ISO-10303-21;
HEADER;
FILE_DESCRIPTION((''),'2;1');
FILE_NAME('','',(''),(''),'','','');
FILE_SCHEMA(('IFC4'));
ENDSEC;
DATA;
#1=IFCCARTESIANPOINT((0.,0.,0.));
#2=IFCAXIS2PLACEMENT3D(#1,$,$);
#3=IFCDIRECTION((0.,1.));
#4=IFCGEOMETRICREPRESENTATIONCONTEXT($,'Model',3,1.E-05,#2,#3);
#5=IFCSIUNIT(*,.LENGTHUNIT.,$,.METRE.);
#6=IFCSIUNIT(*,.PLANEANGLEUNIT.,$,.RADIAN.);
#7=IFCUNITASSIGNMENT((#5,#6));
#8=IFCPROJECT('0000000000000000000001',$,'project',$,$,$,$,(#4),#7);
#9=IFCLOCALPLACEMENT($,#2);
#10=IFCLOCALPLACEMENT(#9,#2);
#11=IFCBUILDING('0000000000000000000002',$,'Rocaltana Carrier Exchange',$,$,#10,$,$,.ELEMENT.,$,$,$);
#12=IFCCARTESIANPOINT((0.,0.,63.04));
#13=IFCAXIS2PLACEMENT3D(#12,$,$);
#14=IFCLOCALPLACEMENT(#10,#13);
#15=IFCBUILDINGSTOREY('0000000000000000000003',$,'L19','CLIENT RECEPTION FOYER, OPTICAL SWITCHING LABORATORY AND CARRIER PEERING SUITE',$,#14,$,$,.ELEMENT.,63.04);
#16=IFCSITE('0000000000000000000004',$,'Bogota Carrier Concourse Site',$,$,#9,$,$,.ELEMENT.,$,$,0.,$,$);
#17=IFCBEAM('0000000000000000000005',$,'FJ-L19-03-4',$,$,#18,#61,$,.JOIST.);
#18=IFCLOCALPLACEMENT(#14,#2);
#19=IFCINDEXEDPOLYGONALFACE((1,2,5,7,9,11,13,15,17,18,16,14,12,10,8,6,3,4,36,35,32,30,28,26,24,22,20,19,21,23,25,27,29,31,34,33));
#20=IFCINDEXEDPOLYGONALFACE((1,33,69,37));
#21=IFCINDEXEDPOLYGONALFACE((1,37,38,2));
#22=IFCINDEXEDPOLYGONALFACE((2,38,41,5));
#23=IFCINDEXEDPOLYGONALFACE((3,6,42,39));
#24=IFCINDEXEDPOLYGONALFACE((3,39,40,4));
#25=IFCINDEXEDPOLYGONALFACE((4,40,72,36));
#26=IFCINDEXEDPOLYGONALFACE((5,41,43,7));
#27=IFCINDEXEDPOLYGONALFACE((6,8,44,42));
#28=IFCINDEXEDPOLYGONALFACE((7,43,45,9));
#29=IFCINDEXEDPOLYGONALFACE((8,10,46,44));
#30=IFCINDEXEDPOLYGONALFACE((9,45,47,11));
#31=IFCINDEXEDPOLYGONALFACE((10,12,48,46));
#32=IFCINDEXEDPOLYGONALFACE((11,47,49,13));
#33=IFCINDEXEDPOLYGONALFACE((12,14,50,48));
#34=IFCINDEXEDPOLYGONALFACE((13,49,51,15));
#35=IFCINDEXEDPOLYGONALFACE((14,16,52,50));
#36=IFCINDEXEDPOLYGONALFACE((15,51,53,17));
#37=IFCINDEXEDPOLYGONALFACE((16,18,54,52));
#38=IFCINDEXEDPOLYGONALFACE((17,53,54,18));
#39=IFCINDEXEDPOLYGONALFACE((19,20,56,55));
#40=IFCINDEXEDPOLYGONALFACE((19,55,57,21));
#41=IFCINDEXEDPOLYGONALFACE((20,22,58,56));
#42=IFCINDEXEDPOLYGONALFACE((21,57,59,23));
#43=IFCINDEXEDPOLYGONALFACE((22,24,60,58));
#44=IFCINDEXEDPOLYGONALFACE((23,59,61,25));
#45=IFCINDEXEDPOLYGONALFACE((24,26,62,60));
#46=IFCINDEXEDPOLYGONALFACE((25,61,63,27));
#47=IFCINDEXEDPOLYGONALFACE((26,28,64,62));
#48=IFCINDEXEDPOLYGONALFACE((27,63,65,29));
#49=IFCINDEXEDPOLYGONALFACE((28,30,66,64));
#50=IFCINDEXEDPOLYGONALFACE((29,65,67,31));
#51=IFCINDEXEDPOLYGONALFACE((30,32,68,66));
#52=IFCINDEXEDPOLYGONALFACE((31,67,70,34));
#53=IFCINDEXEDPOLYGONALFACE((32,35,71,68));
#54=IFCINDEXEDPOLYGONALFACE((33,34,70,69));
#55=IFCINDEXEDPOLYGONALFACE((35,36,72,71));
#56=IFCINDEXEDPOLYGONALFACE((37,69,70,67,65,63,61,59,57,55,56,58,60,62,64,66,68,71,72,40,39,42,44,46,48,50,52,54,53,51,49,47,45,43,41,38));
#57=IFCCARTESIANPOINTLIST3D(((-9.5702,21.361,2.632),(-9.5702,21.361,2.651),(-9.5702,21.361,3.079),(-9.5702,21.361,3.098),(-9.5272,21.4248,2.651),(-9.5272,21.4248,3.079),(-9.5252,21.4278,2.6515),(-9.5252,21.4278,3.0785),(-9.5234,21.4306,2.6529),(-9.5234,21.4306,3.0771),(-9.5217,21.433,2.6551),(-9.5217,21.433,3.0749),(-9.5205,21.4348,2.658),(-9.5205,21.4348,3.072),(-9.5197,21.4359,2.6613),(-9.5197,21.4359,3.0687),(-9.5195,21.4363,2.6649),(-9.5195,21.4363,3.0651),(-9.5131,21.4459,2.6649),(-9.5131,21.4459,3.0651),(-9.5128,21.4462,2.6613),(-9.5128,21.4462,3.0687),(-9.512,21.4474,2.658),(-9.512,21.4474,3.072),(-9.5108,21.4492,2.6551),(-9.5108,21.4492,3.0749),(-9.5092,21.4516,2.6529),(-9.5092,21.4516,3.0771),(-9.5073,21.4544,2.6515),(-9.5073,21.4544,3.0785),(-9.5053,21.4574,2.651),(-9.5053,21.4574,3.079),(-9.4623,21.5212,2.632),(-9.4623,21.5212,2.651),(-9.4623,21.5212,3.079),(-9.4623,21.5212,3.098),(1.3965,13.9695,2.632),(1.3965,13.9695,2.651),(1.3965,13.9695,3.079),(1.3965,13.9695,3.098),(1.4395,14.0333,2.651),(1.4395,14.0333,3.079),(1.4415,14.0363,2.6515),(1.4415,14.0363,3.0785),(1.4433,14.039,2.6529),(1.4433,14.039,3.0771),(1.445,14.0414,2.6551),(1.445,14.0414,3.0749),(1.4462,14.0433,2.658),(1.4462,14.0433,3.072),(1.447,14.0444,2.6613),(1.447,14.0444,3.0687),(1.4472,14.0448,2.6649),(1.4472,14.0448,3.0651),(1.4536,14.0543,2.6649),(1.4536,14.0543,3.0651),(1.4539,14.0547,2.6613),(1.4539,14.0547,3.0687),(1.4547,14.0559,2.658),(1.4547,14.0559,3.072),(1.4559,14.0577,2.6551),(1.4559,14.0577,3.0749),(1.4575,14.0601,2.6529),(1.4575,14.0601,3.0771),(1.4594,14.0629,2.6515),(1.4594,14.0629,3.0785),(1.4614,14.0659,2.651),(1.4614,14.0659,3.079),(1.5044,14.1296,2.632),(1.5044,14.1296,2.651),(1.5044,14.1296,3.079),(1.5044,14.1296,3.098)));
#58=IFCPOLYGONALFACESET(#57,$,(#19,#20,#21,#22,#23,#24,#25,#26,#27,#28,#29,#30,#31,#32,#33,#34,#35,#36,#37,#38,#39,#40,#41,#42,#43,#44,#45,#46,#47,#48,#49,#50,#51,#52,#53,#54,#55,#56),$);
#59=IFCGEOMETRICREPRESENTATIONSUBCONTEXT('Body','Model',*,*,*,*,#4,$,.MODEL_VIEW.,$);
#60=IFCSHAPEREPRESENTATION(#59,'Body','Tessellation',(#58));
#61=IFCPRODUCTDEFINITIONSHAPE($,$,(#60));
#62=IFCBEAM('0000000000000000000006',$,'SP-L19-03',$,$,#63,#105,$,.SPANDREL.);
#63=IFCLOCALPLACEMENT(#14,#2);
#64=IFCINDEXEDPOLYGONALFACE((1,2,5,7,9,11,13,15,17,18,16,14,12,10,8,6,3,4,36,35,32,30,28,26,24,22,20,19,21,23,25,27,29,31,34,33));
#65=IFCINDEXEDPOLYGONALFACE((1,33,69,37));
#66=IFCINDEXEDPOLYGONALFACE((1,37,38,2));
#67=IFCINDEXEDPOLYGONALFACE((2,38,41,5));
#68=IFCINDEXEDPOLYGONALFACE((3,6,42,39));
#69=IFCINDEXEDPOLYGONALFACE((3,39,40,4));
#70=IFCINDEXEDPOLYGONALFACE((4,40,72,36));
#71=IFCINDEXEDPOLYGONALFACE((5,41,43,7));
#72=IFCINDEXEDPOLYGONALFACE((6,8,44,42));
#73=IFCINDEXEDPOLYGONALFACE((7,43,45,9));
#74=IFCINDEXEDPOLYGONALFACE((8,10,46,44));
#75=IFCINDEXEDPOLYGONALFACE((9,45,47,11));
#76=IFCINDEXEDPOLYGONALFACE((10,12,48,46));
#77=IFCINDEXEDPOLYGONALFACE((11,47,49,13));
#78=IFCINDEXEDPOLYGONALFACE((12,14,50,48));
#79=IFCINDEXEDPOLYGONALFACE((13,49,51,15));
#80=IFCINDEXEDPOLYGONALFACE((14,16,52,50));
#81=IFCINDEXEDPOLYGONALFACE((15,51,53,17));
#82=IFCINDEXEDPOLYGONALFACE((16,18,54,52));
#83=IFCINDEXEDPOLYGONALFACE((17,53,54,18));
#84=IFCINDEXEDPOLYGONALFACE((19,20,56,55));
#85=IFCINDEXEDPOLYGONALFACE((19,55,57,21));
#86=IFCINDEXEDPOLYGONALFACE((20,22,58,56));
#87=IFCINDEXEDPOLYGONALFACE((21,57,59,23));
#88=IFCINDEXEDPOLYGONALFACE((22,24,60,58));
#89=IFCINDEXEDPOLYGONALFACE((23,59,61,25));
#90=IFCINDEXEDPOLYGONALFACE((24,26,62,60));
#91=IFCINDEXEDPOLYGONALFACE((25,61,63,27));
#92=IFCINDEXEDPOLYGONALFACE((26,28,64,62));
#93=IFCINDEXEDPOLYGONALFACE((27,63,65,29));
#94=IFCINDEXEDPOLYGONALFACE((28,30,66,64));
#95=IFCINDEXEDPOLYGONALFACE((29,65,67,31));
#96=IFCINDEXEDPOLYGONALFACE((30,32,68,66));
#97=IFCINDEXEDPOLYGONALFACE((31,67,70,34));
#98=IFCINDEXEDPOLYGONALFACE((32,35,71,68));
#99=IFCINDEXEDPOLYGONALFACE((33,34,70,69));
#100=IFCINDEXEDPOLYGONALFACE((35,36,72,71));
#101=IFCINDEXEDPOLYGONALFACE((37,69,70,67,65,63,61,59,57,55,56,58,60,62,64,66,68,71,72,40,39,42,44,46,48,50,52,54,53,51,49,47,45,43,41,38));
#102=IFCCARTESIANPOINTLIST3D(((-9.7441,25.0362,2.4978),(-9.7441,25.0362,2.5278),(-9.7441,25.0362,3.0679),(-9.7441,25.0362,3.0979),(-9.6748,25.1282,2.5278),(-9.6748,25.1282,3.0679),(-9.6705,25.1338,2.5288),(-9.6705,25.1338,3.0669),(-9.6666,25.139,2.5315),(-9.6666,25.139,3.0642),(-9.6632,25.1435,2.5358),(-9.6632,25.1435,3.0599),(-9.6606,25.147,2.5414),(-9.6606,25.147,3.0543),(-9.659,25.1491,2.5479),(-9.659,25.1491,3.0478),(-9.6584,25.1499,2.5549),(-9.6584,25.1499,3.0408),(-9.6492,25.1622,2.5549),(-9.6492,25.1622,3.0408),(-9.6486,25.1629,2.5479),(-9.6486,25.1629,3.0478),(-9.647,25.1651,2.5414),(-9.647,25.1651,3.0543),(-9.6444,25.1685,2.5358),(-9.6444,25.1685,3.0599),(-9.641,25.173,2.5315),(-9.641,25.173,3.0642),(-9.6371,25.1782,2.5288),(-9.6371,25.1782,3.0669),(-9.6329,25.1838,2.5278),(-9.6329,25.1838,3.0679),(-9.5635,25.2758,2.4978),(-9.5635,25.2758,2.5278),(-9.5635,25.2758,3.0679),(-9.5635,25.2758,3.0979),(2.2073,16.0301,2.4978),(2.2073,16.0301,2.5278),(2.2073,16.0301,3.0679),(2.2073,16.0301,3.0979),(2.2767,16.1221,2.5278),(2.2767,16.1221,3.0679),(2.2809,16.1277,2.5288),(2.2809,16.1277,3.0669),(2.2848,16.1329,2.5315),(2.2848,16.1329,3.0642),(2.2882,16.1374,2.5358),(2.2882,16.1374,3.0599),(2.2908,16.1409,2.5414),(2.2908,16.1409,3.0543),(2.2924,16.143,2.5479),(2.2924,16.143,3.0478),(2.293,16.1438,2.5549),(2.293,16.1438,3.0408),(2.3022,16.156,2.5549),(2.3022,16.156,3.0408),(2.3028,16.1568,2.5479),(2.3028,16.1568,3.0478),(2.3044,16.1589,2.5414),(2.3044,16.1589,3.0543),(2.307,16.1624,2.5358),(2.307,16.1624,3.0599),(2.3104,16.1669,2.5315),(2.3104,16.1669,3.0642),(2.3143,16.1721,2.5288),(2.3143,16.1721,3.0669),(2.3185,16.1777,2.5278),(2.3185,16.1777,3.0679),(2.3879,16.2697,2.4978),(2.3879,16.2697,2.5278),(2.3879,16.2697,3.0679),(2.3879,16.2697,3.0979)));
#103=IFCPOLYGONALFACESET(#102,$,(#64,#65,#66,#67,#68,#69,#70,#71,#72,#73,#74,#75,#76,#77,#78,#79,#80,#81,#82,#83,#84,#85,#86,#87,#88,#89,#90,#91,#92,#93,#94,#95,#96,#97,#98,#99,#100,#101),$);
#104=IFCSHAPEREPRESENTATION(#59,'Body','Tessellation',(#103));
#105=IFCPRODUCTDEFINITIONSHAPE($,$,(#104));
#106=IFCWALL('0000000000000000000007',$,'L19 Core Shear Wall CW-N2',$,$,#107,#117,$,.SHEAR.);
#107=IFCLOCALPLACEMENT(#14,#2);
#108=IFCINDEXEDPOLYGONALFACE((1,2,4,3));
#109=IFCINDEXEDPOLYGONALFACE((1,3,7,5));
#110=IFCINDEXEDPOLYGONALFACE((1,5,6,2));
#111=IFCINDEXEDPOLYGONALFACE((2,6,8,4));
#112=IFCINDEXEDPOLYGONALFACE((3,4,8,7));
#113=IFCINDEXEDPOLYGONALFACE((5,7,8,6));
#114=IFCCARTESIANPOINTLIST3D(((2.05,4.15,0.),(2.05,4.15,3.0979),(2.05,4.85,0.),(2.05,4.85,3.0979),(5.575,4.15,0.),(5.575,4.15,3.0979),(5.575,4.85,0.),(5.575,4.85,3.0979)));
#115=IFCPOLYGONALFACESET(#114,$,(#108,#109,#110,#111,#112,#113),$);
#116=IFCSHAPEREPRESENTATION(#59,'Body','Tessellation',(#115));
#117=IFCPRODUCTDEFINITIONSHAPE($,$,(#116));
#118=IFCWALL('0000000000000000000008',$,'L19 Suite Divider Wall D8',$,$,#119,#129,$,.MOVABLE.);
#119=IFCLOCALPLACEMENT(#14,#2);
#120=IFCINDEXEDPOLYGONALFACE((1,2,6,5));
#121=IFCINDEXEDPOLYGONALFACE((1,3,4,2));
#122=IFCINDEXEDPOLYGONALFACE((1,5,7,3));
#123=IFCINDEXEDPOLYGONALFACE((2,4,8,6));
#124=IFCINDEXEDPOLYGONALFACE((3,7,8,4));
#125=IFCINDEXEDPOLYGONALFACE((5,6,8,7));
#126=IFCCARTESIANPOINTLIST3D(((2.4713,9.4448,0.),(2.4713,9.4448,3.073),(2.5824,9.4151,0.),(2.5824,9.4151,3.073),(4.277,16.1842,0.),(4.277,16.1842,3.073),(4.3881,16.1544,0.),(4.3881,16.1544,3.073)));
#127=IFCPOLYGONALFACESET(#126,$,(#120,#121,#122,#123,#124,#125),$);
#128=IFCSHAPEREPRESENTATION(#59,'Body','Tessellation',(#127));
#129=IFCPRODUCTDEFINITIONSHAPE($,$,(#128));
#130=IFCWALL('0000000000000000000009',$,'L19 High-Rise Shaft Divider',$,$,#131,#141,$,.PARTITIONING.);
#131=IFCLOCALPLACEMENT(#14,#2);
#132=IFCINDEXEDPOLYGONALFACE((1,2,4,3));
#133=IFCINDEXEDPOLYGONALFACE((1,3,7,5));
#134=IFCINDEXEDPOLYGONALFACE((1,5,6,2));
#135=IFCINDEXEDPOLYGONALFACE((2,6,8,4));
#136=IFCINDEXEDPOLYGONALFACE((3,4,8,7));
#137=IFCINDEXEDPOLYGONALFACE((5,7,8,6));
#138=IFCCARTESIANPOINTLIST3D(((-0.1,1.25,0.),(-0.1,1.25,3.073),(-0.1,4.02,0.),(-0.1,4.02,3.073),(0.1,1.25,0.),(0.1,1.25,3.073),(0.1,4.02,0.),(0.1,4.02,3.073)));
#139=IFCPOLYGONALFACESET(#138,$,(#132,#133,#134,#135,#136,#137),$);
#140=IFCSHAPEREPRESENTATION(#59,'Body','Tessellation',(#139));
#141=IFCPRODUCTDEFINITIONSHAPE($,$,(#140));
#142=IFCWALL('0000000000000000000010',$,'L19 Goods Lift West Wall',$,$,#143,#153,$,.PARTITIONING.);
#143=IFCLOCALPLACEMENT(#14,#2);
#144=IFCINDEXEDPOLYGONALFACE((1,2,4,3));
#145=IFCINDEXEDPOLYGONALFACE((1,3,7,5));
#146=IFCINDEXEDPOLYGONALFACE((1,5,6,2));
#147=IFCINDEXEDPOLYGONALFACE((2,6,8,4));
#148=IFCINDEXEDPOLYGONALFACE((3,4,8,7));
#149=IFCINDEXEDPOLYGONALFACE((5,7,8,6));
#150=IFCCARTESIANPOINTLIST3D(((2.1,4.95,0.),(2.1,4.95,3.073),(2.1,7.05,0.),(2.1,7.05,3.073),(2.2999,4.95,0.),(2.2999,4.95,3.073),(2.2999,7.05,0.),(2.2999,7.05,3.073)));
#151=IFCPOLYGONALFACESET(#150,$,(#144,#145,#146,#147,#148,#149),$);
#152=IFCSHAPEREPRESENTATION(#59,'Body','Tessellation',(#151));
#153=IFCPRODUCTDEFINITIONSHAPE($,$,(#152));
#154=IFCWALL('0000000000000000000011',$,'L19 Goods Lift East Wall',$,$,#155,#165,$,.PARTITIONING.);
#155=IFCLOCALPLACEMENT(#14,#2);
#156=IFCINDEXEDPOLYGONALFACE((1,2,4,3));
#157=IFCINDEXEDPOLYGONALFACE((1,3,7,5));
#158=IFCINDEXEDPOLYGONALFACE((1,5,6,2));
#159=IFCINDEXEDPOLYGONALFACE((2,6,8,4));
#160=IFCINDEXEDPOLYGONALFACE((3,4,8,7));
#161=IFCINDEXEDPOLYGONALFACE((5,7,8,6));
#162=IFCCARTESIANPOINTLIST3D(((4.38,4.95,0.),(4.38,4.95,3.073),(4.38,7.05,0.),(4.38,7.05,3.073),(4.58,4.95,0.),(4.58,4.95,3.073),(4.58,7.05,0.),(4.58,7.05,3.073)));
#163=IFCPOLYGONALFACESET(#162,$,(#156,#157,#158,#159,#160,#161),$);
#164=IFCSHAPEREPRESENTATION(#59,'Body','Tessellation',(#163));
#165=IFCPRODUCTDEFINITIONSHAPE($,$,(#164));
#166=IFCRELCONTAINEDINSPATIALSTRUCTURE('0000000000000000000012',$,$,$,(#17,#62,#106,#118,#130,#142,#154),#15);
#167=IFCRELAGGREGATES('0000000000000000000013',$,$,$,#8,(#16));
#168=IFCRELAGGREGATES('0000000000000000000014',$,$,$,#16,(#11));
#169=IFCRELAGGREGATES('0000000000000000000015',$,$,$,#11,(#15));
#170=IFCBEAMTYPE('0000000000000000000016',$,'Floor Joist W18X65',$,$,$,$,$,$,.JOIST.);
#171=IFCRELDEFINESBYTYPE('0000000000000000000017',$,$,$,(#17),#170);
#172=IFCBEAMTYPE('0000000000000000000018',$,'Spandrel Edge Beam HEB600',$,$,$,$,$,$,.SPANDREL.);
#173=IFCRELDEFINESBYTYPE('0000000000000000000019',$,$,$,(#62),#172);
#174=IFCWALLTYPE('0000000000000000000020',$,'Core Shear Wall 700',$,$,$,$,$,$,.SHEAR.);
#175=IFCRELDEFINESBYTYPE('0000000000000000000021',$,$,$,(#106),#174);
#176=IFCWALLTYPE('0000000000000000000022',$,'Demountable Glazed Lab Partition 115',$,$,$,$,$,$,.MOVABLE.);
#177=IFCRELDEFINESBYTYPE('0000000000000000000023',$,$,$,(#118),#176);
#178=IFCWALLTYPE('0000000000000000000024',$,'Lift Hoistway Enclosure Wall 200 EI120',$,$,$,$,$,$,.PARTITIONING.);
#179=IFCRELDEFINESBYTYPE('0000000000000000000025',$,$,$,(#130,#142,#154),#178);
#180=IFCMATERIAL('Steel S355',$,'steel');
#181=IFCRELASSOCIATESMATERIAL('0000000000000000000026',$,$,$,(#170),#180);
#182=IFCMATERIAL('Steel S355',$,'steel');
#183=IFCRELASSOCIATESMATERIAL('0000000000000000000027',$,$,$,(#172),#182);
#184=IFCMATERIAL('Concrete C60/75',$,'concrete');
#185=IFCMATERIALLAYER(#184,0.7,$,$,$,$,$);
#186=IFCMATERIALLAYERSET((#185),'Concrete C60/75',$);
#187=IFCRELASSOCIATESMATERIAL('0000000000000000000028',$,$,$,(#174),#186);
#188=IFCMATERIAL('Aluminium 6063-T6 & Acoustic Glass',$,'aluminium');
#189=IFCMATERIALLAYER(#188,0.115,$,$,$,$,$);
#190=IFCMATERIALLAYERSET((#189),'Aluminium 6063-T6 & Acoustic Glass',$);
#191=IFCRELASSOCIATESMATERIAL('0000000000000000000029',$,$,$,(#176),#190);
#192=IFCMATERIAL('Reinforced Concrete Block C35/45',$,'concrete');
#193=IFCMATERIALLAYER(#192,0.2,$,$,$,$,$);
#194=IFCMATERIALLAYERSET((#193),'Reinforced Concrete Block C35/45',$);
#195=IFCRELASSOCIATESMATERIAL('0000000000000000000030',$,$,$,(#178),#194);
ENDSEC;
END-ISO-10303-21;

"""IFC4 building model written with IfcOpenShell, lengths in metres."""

from ifc_helpers import new_model, si_unit, direction, frame, frame_2d, origin, origin_2d, place, context, subcontext, project, spatial, rectangle, i_section, extrude, material, layer, layer_set, material_profile, profile_set, type_object, element, save


model = new_model("IFC4")

# Units and contexts
model_context = context("Model", 3, precision=1e-05, world=origin(), true_north=direction((0.0, 1.0)))
body_context = subcontext(model_context, "Body", "Model", "MODEL_VIEW")
ifc_project = project(units=[si_unit("LENGTHUNIT", "METRE"), si_unit("PLANEANGLEUNIT", "RADIAN")], contexts=[model_context])

# Site, building, storey
site_placement = place(None, origin())
site = spatial("IfcSite", under=ifc_project, at=site_placement, Name="Bogota Carrier Concourse Site", CompositionType="ELEMENT", RefElevation=0.0)
building_placement = place(site_placement, origin())
building = spatial("IfcBuilding", under=site, at=building_placement, Name="Rocaltana Carrier Exchange", CompositionType="ELEMENT")
storey_placement = place(building_placement, frame((0.0, 0.0, 63.04)))
storey = spatial("IfcBuildingStorey", under=building, at=storey_placement, Name="L19", Description="CLIENT RECEPTION FOYER, OPTICAL SWITCHING LABORATORY AND CARRIER PEERING SUITE", CompositionType="ELEMENT", Elevation=63.04)

# Beams
ifc_material_1 = material(Name="Steel S355", Category="steel")
ifc_material_profile_1 = material_profile(ifc_material_1, i_section(OverallWidth=0.1931, OverallDepth=0.4661, WebThickness=0.0115, FlangeThickness=0.019, FilletRadius=0.0139, at=origin_2d()), Name="W18X65")
ifc_profile_set_1 = profile_set([ifc_material_profile_1], Name="Steel S355")
beam_type_1 = type_object("IfcBeamType", Name="Floor Joist W18X65", PredefinedType="JOIST", material=ifc_profile_set_1)
beam_1_placement = place(storey_placement, frame((1.4504, 14.0496, 2.865), z_axis=(-0.829234, 0.558902, 0.0), x_axis=(-0.558902, -0.829234, 0.0)))
element("IfcBeam", 1, at=beam_1_placement, inside=storey, type_object=beam_type_1, Name="FJ-L19-03-4", PredefinedType="JOIST", context=body_context, shape_type="SweptSolid", body=[
    extrude(i_section(OverallWidth=0.1931, OverallDepth=0.4661, WebThickness=0.0115, FlangeThickness=0.019, FilletRadius=0.0139, at=origin_2d()), origin(), (0.0, 0.0, 1.0), 13.2251),
])
ifc_material_2 = material(Name="Steel S355", Category="steel")
ifc_material_profile_2 = material_profile(ifc_material_2, i_section(OverallWidth=0.3, OverallDepth=0.6001, WebThickness=0.0154, FlangeThickness=0.03, FilletRadius=0.0271, at=origin_2d()), Name="HEB600")
ifc_profile_set_2 = profile_set([ifc_material_profile_2], Name="Steel S355")
beam_type_2 = type_object("IfcBeamType", Name="Spandrel Edge Beam HEB600", PredefinedType="SPANDREL", material=ifc_profile_set_2)
beam_2_placement = place(storey_placement, frame((2.2976, 16.1499, 2.7979), z_axis=(-0.798633, 0.601818, 0.0), x_axis=(-0.601818, -0.798633, 0.0)))
element("IfcBeam", 2, at=beam_2_placement, inside=storey, type_object=beam_type_2, Name="SP-L19-03", PredefinedType="SPANDREL", context=body_context, shape_type="SweptSolid", body=[
    extrude(i_section(OverallWidth=0.3, OverallDepth=0.6001, WebThickness=0.0154, FlangeThickness=0.03, FilletRadius=0.0271, at=origin_2d()), origin(), (0.0, 0.0, 1.0), 14.9648),
])

# Walls
ifc_material_3 = material(Name="Concrete C60/75", Category="concrete")
ifc_layer_1 = layer(ifc_material_3, 0.7)
ifc_layer_set_1 = layer_set([ifc_layer_1], Name="Concrete C60/75")
wall_type_1 = type_object("IfcWallType", Name="Core Shear Wall 700", PredefinedType="SHEAR", material=ifc_layer_set_1)
wall_1_placement = place(storey_placement, frame((2.05, 4.5, 0.0), z_axis=(0.0, 0.0, 1.0), x_axis=(1.0, 0.0, 0.0)))
element("IfcWall", 3, at=wall_1_placement, inside=storey, type_object=wall_type_1, Name="L19 Core Shear Wall CW-N2", PredefinedType="SHEAR", context=body_context, shape_type="SweptSolid", body=[
    extrude(rectangle(XDim=3.5249, YDim=0.7, at=frame_2d((1.7625, 0.0))), origin(), (0.0, 0.0, 1.0), 3.0979),
])
ifc_material_4 = material(Name="Aluminium 6063-T6 & Acoustic Glass", Category="aluminium")
ifc_layer_2 = layer(ifc_material_4, 0.115)
ifc_layer_set_2 = layer_set([ifc_layer_2], Name="Aluminium 6063-T6 & Acoustic Glass")
wall_type_2 = type_object("IfcWallType", Name="Demountable Glazed Lab Partition 115", PredefinedType="MOVABLE", material=ifc_layer_set_2)
wall_2_placement = place(storey_placement, frame((2.5269, 9.4299, 0.0), z_axis=(0.0, 0.0, 1.0), x_axis=(0.258804, 0.96593, 0.0)))
element("IfcWall", 4, at=wall_2_placement, inside=storey, type_object=wall_type_2, Name="L19 Suite Divider Wall D8", PredefinedType="MOVABLE", context=body_context, shape_type="SweptSolid", body=[
    extrude(rectangle(XDim=6.9771, YDim=0.115, at=frame_2d((3.4885, 0.0))), origin(), (0.0, 0.0, 1.0), 3.073),
])
ifc_material_5 = material(Name="Reinforced Concrete Block C35/45", Category="concrete")
ifc_layer_3 = layer(ifc_material_5, 0.2)
ifc_layer_set_3 = layer_set([ifc_layer_3], Name="Reinforced Concrete Block C35/45")
wall_type_3 = type_object("IfcWallType", Name="Lift Hoistway Enclosure Wall 200 EI120", PredefinedType="PARTITIONING", material=ifc_layer_set_3)
wall_3_placement = place(storey_placement, frame((0.0, 1.25, 0.0), z_axis=(0.0, 0.0, 1.0), x_axis=(0.0, 1.0, 0.0)))
element("IfcWall", 5, at=wall_3_placement, inside=storey, type_object=wall_type_3, Name="L19 High-Rise Shaft Divider", PredefinedType="PARTITIONING", context=body_context, shape_type="SweptSolid", body=[
    extrude(rectangle(XDim=2.77, YDim=0.2, at=frame_2d((1.385, 0.0))), origin(), (0.0, 0.0, 1.0), 3.073),
])
for number, where, z_axis, x_axis, name in (
    (6, (2.2, 4.95, 0.0), (0.0, 0.0, 1.0), (0.0, 1.0, 0.0), "L19 Goods Lift West Wall"),
    (7, (4.48, 4.95, 0.0), (0.0, 0.0, 1.0), (0.0, 1.0, 0.0), "L19 Goods Lift East Wall"),
):
    element("IfcWall", number, at=place(storey_placement, frame(where, z_axis=z_axis, x_axis=x_axis)), inside=storey, type_object=wall_type_3, Name=name, PredefinedType="PARTITIONING", context=body_context, shape_type="SweptSolid", body=[
        extrude(rectangle(XDim=2.1001, YDim=0.2, at=frame_2d((1.05, 0.0))), origin(), (0.0, 0.0, 1.0), 3.073),
    ])

save(model, "model.ifc")
